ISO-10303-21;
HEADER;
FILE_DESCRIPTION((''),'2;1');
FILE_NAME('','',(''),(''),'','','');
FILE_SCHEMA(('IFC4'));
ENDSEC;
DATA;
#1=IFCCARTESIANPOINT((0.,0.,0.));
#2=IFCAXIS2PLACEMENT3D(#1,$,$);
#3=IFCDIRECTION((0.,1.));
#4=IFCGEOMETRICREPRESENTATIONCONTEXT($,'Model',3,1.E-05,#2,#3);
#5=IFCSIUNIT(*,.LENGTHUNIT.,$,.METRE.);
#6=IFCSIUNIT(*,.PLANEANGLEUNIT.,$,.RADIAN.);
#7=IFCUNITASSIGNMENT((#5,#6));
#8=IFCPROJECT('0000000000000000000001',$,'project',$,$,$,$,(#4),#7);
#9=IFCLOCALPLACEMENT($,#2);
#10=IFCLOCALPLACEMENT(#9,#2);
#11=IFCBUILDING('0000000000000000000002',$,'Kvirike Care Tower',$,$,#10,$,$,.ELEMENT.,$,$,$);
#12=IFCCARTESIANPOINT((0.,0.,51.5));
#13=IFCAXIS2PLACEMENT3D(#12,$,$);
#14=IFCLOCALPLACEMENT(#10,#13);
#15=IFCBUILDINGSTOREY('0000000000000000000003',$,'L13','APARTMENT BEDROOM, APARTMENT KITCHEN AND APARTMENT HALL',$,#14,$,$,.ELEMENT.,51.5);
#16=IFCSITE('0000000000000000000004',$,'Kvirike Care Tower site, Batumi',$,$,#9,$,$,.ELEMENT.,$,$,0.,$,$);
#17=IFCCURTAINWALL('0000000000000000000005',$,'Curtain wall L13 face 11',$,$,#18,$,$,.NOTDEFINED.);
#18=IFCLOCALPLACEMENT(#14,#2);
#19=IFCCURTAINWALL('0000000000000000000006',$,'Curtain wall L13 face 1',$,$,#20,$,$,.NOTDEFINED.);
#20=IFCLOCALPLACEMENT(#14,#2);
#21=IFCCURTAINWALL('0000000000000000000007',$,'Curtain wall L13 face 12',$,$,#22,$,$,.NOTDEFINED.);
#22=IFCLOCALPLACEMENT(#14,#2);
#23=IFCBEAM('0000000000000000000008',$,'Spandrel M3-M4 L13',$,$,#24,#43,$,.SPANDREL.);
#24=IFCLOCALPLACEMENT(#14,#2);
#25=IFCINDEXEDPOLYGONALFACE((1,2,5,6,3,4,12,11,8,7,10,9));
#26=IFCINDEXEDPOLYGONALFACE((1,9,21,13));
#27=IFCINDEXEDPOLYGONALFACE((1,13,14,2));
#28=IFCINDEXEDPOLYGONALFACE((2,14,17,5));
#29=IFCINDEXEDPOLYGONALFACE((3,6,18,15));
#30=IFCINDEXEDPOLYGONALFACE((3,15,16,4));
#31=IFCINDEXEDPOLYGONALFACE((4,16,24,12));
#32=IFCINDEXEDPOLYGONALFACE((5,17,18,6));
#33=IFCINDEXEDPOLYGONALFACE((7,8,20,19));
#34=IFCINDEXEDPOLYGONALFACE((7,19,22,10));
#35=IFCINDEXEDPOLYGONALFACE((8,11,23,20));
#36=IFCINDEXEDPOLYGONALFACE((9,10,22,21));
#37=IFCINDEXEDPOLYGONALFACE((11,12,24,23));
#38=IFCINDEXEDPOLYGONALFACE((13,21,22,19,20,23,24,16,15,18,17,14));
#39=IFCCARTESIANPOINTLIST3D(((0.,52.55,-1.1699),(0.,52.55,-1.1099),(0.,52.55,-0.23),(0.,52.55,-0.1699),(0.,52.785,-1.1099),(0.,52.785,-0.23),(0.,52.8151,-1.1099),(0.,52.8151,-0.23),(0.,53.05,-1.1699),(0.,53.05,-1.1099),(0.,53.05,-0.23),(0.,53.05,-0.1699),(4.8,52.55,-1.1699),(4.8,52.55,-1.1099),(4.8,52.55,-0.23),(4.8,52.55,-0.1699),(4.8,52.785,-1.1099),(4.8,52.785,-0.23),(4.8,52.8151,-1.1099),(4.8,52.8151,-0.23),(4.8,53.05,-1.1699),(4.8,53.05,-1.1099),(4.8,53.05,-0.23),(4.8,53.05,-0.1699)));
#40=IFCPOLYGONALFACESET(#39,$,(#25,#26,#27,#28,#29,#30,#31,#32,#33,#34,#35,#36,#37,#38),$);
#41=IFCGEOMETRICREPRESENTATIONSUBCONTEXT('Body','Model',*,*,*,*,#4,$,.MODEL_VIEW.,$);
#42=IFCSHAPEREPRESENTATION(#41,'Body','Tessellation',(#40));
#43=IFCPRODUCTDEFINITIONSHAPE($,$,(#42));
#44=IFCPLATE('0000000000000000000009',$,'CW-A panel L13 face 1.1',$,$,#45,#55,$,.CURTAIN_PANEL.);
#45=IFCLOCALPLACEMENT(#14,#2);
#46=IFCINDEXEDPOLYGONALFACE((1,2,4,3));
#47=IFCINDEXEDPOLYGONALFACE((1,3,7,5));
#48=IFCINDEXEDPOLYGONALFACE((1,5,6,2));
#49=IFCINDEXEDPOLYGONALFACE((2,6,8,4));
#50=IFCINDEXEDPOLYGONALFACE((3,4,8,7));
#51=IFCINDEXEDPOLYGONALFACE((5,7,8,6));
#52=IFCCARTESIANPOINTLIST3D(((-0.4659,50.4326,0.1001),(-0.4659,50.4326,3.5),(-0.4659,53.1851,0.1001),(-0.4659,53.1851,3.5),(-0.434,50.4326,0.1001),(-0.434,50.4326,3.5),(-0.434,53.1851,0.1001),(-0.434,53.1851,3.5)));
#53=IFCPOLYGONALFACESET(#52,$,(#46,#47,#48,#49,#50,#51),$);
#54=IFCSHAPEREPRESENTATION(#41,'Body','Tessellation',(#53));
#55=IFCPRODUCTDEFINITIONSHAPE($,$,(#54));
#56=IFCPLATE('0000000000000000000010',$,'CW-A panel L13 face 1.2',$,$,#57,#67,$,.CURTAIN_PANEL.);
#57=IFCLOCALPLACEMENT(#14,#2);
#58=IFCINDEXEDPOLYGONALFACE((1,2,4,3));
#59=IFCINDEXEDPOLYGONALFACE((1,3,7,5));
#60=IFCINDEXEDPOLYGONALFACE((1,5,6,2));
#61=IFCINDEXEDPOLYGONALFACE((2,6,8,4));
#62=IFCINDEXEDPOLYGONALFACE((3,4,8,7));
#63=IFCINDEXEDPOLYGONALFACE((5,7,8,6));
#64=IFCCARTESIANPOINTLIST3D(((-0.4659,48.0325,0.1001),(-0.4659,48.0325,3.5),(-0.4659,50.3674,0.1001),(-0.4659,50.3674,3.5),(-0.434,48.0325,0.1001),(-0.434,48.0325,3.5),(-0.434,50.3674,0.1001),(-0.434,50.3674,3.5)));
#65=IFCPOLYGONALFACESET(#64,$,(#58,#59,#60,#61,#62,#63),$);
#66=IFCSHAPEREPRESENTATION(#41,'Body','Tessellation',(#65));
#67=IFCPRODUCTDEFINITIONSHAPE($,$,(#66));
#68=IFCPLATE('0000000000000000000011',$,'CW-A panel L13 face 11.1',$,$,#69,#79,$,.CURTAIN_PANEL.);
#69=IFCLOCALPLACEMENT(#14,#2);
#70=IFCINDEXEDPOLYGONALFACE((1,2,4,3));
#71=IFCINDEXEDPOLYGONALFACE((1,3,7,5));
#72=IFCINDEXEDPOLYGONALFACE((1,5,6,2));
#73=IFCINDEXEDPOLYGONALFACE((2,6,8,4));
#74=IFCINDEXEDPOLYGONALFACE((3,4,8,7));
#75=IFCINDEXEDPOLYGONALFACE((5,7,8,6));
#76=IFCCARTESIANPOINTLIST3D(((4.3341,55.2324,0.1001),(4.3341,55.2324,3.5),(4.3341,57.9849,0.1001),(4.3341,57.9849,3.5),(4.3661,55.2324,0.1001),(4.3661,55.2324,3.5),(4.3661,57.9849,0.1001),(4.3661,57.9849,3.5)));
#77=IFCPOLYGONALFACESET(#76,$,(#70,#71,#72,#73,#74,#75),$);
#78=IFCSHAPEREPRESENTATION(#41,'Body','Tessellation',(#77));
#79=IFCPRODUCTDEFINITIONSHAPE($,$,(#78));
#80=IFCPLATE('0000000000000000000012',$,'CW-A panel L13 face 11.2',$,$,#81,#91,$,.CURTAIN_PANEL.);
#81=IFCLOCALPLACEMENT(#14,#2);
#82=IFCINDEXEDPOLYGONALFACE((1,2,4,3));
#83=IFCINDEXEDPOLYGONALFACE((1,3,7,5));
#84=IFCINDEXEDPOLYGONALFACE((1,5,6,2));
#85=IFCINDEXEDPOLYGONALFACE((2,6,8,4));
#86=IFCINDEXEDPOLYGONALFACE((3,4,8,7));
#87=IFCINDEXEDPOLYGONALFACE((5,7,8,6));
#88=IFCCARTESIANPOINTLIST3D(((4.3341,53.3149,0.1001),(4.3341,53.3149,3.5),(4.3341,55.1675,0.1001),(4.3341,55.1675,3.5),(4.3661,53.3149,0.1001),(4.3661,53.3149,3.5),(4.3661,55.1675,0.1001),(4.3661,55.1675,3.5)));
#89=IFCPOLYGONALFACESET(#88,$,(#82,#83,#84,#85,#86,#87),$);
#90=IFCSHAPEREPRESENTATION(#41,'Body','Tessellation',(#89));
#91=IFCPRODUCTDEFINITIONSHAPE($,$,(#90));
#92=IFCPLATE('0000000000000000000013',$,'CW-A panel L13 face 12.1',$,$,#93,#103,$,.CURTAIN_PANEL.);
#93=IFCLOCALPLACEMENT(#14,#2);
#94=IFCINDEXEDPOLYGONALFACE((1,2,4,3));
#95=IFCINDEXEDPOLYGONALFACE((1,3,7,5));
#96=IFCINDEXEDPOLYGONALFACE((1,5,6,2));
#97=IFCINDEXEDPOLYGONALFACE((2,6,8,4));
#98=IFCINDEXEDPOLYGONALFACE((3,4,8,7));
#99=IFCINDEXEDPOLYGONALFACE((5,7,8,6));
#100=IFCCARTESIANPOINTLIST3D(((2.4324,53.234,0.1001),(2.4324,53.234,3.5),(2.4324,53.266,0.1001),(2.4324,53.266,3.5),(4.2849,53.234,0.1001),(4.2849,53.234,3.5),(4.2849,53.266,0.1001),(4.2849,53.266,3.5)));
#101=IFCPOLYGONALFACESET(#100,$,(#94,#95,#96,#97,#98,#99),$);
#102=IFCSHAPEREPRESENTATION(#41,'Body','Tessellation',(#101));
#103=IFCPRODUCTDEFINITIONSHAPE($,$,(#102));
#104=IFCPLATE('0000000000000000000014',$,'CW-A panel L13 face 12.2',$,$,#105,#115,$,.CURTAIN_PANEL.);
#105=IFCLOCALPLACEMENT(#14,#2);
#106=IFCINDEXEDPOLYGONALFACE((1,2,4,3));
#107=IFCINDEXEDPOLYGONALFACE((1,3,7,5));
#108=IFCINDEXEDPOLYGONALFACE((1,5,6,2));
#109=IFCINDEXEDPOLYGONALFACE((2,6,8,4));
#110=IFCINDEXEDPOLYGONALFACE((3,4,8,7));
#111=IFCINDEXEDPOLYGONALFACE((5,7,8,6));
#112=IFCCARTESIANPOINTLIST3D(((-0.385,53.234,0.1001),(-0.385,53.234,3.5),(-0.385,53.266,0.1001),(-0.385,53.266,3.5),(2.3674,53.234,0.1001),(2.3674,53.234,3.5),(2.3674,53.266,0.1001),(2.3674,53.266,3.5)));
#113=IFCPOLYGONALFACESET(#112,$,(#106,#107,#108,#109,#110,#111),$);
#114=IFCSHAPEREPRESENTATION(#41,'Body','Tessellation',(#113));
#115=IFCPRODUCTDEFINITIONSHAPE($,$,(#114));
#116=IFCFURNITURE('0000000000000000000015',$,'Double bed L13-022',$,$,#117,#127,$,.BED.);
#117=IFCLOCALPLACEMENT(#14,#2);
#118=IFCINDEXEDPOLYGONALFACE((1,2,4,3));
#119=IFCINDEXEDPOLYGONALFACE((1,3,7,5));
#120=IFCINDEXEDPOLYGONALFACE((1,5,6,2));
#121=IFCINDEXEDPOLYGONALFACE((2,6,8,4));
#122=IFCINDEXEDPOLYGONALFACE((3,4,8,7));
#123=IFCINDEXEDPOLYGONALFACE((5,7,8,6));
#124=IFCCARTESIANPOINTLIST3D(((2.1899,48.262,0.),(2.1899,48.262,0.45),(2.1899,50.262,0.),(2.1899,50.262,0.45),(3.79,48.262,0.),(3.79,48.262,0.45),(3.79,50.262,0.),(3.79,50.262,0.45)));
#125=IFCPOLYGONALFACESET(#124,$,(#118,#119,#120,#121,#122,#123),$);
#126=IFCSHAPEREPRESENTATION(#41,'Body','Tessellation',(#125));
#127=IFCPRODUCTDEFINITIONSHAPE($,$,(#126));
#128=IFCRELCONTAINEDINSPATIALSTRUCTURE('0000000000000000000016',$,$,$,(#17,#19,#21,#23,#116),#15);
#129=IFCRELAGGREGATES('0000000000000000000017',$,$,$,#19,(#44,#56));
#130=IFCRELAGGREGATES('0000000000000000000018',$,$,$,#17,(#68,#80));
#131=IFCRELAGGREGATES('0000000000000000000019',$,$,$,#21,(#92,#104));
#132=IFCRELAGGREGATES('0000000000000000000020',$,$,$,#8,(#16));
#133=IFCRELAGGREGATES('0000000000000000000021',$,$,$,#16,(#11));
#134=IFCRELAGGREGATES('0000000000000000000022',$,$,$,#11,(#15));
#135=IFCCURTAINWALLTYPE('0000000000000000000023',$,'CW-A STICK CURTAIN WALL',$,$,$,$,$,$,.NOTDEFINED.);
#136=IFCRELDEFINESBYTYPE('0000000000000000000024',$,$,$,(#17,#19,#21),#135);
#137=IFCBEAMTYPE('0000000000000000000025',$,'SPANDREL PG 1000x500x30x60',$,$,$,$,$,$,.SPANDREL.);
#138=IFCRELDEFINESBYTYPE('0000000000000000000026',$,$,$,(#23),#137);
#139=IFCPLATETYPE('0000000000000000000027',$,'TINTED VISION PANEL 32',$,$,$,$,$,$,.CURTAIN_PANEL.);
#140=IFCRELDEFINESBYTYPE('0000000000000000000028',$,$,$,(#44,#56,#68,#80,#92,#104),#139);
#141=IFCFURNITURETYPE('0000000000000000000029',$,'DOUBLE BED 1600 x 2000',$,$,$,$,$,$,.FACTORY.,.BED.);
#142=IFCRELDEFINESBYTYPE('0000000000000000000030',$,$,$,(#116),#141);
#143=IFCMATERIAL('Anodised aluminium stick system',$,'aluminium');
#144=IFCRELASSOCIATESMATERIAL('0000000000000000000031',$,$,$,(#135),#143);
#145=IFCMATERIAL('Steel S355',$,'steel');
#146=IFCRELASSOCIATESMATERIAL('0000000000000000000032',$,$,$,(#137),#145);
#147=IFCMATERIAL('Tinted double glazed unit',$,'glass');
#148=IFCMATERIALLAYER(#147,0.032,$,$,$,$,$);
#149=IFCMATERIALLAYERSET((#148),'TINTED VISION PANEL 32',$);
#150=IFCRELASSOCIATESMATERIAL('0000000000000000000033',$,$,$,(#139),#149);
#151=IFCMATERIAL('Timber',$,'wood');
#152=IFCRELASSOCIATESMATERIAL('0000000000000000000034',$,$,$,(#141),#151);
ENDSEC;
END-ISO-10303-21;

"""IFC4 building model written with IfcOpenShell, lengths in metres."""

from ifc_helpers import new_model, si_unit, direction, frame, origin, origin_2d, place, context, subcontext, project, spatial, rectangle, i_section, extrude, material, layer, layer_set, material_profile, profile_set, type_object, element, aggregate, save


model = new_model("IFC4")

# Units and contexts
model_context = context("Model", 3, precision=1e-05, world=origin(), true_north=direction((0.0, 1.0)))
body_context = subcontext(model_context, "Body", "Model", "MODEL_VIEW")
ifc_project = project(units=[si_unit("LENGTHUNIT", "METRE"), si_unit("PLANEANGLEUNIT", "RADIAN")], contexts=[model_context])

# Site, building, storey
site_placement = place(None, origin())
site = spatial("IfcSite", under=ifc_project, at=site_placement, Name="Kvirike Care Tower site, Batumi", CompositionType="ELEMENT", RefElevation=0.0)
building_placement = place(site_placement, origin())
building = spatial("IfcBuilding", under=site, at=building_placement, Name="Kvirike Care Tower", CompositionType="ELEMENT")
storey_placement = place(building_placement, frame((0.0, 0.0, 51.5)))
storey = spatial("IfcBuildingStorey", under=building, at=storey_placement, Name="L13", Description="APARTMENT BEDROOM, APARTMENT KITCHEN AND APARTMENT HALL", CompositionType="ELEMENT", Elevation=51.5)

# Curtain wall
ifc_material_1 = material(Name="Anodised aluminium stick system", Category="aluminium")
curtain_wall_type = type_object("IfcCurtainWallType", Name="CW-A STICK CURTAIN WALL", PredefinedType="NOTDEFINED", material=ifc_material_1)
curtain_wall_1_placement = place(storey_placement, origin())
curtain_wall_1 = element("IfcCurtainWall", 1, at=curtain_wall_1_placement, inside=storey, type_object=curtain_wall_type, Name="Curtain wall L13 face 11", PredefinedType="NOTDEFINED")

# Curtain wall
curtain_wall_2_placement = place(storey_placement, origin())
curtain_wall_2 = element("IfcCurtainWall", 2, at=curtain_wall_2_placement, inside=storey, type_object=curtain_wall_type, Name="Curtain wall L13 face 1", PredefinedType="NOTDEFINED")

# Curtain wall
curtain_wall_3_placement = place(storey_placement, origin())
curtain_wall_3 = element("IfcCurtainWall", 3, at=curtain_wall_3_placement, inside=storey, type_object=curtain_wall_type, Name="Curtain wall L13 face 12", PredefinedType="NOTDEFINED")

# Beam
ifc_material_2 = material(Name="Steel S355", Category="steel")
ifc_material_profile_1 = material_profile(ifc_material_2, i_section(OverallWidth=0.5, OverallDepth=1.0, WebThickness=0.03, FlangeThickness=0.0601, at=origin_2d()), Name="PG 1000x500x30x60")
ifc_profile_set_1 = profile_set([ifc_material_profile_1], Name="Steel S355")
beam_type = type_object("IfcBeamType", Name="SPANDREL PG 1000x500x30x60", PredefinedType="SPANDREL", material=ifc_profile_set_1)
beam_placement = place(storey_placement, frame((0.0, 52.8, -0.6699), z_axis=(1.0, 0.0, 0.0), x_axis=(0.0, 1.0, 0.0)))
element("IfcBeam", 4, at=beam_placement, inside=storey, type_object=beam_type, Name="Spandrel M3-M4 L13", PredefinedType="SPANDREL", context=body_context, shape_type="SweptSolid", body=[
    extrude(i_section(OverallWidth=0.5, OverallDepth=1.0, WebThickness=0.03, FlangeThickness=0.0601, at=origin_2d()), origin(), (0.0, 0.0, 1.0), 4.8),
])

# Plates
ifc_material_3 = material(Name="Tinted double glazed unit", Category="glass")
ifc_layer = layer(ifc_material_3, 0.032)
ifc_layer_set = layer_set([ifc_layer], Name="TINTED VISION PANEL 32")
plate_type = type_object("IfcPlateType", Name="TINTED VISION PANEL 32", PredefinedType="CURTAIN_PANEL", material=ifc_layer_set)
plate_1_placement = place(storey_placement, frame((-0.45, 51.8088, 0.1001), z_axis=(0.0, 0.0, 1.0), x_axis=(0.0, -1.0, 0.0)))
plate_1 = element("IfcPlate", 5, at=plate_1_placement, type_object=plate_type, Name="CW-A panel L13 face 1.1", PredefinedType="CURTAIN_PANEL", context=body_context, shape_type="SweptSolid", body=[
    extrude(rectangle(XDim=2.7524, YDim=0.032, at=origin_2d()), origin(), (0.0, 0.0, 1.0), 3.3999),
])
plate_2_placement = place(storey_placement, frame((-0.45, 49.2, 0.1001), z_axis=(0.0, 0.0, 1.0), x_axis=(0.0, -1.0, 0.0)))
plate_2 = element("IfcPlate", 6, at=plate_2_placement, type_object=plate_type, Name="CW-A panel L13 face 1.2", PredefinedType="CURTAIN_PANEL", context=body_context, shape_type="SweptSolid", body=[
    extrude(rectangle(XDim=2.335, YDim=0.032, at=origin_2d()), origin(), (0.0, 0.0, 1.0), 3.3999),
])
aggregate(curtain_wall_2, [plate_1, plate_2])
plate_3_placement = place(storey_placement, frame((4.3501, 56.6086, 0.1001), z_axis=(0.0, 0.0, 1.0), x_axis=(0.0, -1.0, 0.0)))
plate_3 = element("IfcPlate", 7, at=plate_3_placement, type_object=plate_type, Name="CW-A panel L13 face 11.1", PredefinedType="CURTAIN_PANEL", context=body_context, shape_type="SweptSolid", body=[
    extrude(rectangle(XDim=2.7524, YDim=0.032, at=origin_2d()), origin(), (0.0, 0.0, 1.0), 3.3999),
])
plate_4_placement = place(storey_placement, frame((4.3501, 54.2412, 0.1001), z_axis=(0.0, 0.0, 1.0), x_axis=(0.0, -1.0, 0.0)))
plate_4 = element("IfcPlate", 8, at=plate_4_placement, type_object=plate_type, Name="CW-A panel L13 face 11.2", PredefinedType="CURTAIN_PANEL", context=body_context, shape_type="SweptSolid", body=[
    extrude(rectangle(XDim=1.8525, YDim=0.032, at=origin_2d()), origin(), (0.0, 0.0, 1.0), 3.3999),
])
aggregate(curtain_wall_1, [plate_3, plate_4])
plate_5_placement = place(storey_placement, frame((3.3586, 53.25, 0.1001), z_axis=(0.0, 0.0, 1.0), x_axis=(-1.0, 0.0, 0.0)))
plate_5 = element("IfcPlate", 9, at=plate_5_placement, type_object=plate_type, Name="CW-A panel L13 face 12.1", PredefinedType="CURTAIN_PANEL", context=body_context, shape_type="SweptSolid", body=[
    extrude(rectangle(XDim=1.8525, YDim=0.032, at=origin_2d()), origin(), (0.0, 0.0, 1.0), 3.3999),
])
plate_6_placement = place(storey_placement, frame((0.9912, 53.25, 0.1001), z_axis=(0.0, 0.0, 1.0), x_axis=(-1.0, 0.0, 0.0)))
plate_6 = element("IfcPlate", 10, at=plate_6_placement, type_object=plate_type, Name="CW-A panel L13 face 12.2", PredefinedType="CURTAIN_PANEL", context=body_context, shape_type="SweptSolid", body=[
    extrude(rectangle(XDim=2.7524, YDim=0.032, at=origin_2d()), origin(), (0.0, 0.0, 1.0), 3.3999),
])
aggregate(curtain_wall_3, [plate_5, plate_6])

# Furniture
ifc_material_4 = material(Name="Timber", Category="wood")
furniture_type = type_object("IfcFurnitureType", Name="DOUBLE BED 1600 x 2000", AssemblyPlace="FACTORY", PredefinedType="BED", material=ifc_material_4)
furniture_placement = place(storey_placement, frame((2.99, 49.262, 0.0), z_axis=(0.0, 0.0, 1.0), x_axis=(-1.0, 0.0, 0.0)))
element("IfcFurniture", 11, at=furniture_placement, inside=storey, type_object=furniture_type, Name="Double bed L13-022", PredefinedType="BED", context=body_context, shape_type="SweptSolid", body=[
    extrude(rectangle(XDim=1.6001, YDim=2.0, at=origin_2d()), origin(), (0.0, 0.0, 1.0), 0.45),
])

save(model, "model.ifc")
